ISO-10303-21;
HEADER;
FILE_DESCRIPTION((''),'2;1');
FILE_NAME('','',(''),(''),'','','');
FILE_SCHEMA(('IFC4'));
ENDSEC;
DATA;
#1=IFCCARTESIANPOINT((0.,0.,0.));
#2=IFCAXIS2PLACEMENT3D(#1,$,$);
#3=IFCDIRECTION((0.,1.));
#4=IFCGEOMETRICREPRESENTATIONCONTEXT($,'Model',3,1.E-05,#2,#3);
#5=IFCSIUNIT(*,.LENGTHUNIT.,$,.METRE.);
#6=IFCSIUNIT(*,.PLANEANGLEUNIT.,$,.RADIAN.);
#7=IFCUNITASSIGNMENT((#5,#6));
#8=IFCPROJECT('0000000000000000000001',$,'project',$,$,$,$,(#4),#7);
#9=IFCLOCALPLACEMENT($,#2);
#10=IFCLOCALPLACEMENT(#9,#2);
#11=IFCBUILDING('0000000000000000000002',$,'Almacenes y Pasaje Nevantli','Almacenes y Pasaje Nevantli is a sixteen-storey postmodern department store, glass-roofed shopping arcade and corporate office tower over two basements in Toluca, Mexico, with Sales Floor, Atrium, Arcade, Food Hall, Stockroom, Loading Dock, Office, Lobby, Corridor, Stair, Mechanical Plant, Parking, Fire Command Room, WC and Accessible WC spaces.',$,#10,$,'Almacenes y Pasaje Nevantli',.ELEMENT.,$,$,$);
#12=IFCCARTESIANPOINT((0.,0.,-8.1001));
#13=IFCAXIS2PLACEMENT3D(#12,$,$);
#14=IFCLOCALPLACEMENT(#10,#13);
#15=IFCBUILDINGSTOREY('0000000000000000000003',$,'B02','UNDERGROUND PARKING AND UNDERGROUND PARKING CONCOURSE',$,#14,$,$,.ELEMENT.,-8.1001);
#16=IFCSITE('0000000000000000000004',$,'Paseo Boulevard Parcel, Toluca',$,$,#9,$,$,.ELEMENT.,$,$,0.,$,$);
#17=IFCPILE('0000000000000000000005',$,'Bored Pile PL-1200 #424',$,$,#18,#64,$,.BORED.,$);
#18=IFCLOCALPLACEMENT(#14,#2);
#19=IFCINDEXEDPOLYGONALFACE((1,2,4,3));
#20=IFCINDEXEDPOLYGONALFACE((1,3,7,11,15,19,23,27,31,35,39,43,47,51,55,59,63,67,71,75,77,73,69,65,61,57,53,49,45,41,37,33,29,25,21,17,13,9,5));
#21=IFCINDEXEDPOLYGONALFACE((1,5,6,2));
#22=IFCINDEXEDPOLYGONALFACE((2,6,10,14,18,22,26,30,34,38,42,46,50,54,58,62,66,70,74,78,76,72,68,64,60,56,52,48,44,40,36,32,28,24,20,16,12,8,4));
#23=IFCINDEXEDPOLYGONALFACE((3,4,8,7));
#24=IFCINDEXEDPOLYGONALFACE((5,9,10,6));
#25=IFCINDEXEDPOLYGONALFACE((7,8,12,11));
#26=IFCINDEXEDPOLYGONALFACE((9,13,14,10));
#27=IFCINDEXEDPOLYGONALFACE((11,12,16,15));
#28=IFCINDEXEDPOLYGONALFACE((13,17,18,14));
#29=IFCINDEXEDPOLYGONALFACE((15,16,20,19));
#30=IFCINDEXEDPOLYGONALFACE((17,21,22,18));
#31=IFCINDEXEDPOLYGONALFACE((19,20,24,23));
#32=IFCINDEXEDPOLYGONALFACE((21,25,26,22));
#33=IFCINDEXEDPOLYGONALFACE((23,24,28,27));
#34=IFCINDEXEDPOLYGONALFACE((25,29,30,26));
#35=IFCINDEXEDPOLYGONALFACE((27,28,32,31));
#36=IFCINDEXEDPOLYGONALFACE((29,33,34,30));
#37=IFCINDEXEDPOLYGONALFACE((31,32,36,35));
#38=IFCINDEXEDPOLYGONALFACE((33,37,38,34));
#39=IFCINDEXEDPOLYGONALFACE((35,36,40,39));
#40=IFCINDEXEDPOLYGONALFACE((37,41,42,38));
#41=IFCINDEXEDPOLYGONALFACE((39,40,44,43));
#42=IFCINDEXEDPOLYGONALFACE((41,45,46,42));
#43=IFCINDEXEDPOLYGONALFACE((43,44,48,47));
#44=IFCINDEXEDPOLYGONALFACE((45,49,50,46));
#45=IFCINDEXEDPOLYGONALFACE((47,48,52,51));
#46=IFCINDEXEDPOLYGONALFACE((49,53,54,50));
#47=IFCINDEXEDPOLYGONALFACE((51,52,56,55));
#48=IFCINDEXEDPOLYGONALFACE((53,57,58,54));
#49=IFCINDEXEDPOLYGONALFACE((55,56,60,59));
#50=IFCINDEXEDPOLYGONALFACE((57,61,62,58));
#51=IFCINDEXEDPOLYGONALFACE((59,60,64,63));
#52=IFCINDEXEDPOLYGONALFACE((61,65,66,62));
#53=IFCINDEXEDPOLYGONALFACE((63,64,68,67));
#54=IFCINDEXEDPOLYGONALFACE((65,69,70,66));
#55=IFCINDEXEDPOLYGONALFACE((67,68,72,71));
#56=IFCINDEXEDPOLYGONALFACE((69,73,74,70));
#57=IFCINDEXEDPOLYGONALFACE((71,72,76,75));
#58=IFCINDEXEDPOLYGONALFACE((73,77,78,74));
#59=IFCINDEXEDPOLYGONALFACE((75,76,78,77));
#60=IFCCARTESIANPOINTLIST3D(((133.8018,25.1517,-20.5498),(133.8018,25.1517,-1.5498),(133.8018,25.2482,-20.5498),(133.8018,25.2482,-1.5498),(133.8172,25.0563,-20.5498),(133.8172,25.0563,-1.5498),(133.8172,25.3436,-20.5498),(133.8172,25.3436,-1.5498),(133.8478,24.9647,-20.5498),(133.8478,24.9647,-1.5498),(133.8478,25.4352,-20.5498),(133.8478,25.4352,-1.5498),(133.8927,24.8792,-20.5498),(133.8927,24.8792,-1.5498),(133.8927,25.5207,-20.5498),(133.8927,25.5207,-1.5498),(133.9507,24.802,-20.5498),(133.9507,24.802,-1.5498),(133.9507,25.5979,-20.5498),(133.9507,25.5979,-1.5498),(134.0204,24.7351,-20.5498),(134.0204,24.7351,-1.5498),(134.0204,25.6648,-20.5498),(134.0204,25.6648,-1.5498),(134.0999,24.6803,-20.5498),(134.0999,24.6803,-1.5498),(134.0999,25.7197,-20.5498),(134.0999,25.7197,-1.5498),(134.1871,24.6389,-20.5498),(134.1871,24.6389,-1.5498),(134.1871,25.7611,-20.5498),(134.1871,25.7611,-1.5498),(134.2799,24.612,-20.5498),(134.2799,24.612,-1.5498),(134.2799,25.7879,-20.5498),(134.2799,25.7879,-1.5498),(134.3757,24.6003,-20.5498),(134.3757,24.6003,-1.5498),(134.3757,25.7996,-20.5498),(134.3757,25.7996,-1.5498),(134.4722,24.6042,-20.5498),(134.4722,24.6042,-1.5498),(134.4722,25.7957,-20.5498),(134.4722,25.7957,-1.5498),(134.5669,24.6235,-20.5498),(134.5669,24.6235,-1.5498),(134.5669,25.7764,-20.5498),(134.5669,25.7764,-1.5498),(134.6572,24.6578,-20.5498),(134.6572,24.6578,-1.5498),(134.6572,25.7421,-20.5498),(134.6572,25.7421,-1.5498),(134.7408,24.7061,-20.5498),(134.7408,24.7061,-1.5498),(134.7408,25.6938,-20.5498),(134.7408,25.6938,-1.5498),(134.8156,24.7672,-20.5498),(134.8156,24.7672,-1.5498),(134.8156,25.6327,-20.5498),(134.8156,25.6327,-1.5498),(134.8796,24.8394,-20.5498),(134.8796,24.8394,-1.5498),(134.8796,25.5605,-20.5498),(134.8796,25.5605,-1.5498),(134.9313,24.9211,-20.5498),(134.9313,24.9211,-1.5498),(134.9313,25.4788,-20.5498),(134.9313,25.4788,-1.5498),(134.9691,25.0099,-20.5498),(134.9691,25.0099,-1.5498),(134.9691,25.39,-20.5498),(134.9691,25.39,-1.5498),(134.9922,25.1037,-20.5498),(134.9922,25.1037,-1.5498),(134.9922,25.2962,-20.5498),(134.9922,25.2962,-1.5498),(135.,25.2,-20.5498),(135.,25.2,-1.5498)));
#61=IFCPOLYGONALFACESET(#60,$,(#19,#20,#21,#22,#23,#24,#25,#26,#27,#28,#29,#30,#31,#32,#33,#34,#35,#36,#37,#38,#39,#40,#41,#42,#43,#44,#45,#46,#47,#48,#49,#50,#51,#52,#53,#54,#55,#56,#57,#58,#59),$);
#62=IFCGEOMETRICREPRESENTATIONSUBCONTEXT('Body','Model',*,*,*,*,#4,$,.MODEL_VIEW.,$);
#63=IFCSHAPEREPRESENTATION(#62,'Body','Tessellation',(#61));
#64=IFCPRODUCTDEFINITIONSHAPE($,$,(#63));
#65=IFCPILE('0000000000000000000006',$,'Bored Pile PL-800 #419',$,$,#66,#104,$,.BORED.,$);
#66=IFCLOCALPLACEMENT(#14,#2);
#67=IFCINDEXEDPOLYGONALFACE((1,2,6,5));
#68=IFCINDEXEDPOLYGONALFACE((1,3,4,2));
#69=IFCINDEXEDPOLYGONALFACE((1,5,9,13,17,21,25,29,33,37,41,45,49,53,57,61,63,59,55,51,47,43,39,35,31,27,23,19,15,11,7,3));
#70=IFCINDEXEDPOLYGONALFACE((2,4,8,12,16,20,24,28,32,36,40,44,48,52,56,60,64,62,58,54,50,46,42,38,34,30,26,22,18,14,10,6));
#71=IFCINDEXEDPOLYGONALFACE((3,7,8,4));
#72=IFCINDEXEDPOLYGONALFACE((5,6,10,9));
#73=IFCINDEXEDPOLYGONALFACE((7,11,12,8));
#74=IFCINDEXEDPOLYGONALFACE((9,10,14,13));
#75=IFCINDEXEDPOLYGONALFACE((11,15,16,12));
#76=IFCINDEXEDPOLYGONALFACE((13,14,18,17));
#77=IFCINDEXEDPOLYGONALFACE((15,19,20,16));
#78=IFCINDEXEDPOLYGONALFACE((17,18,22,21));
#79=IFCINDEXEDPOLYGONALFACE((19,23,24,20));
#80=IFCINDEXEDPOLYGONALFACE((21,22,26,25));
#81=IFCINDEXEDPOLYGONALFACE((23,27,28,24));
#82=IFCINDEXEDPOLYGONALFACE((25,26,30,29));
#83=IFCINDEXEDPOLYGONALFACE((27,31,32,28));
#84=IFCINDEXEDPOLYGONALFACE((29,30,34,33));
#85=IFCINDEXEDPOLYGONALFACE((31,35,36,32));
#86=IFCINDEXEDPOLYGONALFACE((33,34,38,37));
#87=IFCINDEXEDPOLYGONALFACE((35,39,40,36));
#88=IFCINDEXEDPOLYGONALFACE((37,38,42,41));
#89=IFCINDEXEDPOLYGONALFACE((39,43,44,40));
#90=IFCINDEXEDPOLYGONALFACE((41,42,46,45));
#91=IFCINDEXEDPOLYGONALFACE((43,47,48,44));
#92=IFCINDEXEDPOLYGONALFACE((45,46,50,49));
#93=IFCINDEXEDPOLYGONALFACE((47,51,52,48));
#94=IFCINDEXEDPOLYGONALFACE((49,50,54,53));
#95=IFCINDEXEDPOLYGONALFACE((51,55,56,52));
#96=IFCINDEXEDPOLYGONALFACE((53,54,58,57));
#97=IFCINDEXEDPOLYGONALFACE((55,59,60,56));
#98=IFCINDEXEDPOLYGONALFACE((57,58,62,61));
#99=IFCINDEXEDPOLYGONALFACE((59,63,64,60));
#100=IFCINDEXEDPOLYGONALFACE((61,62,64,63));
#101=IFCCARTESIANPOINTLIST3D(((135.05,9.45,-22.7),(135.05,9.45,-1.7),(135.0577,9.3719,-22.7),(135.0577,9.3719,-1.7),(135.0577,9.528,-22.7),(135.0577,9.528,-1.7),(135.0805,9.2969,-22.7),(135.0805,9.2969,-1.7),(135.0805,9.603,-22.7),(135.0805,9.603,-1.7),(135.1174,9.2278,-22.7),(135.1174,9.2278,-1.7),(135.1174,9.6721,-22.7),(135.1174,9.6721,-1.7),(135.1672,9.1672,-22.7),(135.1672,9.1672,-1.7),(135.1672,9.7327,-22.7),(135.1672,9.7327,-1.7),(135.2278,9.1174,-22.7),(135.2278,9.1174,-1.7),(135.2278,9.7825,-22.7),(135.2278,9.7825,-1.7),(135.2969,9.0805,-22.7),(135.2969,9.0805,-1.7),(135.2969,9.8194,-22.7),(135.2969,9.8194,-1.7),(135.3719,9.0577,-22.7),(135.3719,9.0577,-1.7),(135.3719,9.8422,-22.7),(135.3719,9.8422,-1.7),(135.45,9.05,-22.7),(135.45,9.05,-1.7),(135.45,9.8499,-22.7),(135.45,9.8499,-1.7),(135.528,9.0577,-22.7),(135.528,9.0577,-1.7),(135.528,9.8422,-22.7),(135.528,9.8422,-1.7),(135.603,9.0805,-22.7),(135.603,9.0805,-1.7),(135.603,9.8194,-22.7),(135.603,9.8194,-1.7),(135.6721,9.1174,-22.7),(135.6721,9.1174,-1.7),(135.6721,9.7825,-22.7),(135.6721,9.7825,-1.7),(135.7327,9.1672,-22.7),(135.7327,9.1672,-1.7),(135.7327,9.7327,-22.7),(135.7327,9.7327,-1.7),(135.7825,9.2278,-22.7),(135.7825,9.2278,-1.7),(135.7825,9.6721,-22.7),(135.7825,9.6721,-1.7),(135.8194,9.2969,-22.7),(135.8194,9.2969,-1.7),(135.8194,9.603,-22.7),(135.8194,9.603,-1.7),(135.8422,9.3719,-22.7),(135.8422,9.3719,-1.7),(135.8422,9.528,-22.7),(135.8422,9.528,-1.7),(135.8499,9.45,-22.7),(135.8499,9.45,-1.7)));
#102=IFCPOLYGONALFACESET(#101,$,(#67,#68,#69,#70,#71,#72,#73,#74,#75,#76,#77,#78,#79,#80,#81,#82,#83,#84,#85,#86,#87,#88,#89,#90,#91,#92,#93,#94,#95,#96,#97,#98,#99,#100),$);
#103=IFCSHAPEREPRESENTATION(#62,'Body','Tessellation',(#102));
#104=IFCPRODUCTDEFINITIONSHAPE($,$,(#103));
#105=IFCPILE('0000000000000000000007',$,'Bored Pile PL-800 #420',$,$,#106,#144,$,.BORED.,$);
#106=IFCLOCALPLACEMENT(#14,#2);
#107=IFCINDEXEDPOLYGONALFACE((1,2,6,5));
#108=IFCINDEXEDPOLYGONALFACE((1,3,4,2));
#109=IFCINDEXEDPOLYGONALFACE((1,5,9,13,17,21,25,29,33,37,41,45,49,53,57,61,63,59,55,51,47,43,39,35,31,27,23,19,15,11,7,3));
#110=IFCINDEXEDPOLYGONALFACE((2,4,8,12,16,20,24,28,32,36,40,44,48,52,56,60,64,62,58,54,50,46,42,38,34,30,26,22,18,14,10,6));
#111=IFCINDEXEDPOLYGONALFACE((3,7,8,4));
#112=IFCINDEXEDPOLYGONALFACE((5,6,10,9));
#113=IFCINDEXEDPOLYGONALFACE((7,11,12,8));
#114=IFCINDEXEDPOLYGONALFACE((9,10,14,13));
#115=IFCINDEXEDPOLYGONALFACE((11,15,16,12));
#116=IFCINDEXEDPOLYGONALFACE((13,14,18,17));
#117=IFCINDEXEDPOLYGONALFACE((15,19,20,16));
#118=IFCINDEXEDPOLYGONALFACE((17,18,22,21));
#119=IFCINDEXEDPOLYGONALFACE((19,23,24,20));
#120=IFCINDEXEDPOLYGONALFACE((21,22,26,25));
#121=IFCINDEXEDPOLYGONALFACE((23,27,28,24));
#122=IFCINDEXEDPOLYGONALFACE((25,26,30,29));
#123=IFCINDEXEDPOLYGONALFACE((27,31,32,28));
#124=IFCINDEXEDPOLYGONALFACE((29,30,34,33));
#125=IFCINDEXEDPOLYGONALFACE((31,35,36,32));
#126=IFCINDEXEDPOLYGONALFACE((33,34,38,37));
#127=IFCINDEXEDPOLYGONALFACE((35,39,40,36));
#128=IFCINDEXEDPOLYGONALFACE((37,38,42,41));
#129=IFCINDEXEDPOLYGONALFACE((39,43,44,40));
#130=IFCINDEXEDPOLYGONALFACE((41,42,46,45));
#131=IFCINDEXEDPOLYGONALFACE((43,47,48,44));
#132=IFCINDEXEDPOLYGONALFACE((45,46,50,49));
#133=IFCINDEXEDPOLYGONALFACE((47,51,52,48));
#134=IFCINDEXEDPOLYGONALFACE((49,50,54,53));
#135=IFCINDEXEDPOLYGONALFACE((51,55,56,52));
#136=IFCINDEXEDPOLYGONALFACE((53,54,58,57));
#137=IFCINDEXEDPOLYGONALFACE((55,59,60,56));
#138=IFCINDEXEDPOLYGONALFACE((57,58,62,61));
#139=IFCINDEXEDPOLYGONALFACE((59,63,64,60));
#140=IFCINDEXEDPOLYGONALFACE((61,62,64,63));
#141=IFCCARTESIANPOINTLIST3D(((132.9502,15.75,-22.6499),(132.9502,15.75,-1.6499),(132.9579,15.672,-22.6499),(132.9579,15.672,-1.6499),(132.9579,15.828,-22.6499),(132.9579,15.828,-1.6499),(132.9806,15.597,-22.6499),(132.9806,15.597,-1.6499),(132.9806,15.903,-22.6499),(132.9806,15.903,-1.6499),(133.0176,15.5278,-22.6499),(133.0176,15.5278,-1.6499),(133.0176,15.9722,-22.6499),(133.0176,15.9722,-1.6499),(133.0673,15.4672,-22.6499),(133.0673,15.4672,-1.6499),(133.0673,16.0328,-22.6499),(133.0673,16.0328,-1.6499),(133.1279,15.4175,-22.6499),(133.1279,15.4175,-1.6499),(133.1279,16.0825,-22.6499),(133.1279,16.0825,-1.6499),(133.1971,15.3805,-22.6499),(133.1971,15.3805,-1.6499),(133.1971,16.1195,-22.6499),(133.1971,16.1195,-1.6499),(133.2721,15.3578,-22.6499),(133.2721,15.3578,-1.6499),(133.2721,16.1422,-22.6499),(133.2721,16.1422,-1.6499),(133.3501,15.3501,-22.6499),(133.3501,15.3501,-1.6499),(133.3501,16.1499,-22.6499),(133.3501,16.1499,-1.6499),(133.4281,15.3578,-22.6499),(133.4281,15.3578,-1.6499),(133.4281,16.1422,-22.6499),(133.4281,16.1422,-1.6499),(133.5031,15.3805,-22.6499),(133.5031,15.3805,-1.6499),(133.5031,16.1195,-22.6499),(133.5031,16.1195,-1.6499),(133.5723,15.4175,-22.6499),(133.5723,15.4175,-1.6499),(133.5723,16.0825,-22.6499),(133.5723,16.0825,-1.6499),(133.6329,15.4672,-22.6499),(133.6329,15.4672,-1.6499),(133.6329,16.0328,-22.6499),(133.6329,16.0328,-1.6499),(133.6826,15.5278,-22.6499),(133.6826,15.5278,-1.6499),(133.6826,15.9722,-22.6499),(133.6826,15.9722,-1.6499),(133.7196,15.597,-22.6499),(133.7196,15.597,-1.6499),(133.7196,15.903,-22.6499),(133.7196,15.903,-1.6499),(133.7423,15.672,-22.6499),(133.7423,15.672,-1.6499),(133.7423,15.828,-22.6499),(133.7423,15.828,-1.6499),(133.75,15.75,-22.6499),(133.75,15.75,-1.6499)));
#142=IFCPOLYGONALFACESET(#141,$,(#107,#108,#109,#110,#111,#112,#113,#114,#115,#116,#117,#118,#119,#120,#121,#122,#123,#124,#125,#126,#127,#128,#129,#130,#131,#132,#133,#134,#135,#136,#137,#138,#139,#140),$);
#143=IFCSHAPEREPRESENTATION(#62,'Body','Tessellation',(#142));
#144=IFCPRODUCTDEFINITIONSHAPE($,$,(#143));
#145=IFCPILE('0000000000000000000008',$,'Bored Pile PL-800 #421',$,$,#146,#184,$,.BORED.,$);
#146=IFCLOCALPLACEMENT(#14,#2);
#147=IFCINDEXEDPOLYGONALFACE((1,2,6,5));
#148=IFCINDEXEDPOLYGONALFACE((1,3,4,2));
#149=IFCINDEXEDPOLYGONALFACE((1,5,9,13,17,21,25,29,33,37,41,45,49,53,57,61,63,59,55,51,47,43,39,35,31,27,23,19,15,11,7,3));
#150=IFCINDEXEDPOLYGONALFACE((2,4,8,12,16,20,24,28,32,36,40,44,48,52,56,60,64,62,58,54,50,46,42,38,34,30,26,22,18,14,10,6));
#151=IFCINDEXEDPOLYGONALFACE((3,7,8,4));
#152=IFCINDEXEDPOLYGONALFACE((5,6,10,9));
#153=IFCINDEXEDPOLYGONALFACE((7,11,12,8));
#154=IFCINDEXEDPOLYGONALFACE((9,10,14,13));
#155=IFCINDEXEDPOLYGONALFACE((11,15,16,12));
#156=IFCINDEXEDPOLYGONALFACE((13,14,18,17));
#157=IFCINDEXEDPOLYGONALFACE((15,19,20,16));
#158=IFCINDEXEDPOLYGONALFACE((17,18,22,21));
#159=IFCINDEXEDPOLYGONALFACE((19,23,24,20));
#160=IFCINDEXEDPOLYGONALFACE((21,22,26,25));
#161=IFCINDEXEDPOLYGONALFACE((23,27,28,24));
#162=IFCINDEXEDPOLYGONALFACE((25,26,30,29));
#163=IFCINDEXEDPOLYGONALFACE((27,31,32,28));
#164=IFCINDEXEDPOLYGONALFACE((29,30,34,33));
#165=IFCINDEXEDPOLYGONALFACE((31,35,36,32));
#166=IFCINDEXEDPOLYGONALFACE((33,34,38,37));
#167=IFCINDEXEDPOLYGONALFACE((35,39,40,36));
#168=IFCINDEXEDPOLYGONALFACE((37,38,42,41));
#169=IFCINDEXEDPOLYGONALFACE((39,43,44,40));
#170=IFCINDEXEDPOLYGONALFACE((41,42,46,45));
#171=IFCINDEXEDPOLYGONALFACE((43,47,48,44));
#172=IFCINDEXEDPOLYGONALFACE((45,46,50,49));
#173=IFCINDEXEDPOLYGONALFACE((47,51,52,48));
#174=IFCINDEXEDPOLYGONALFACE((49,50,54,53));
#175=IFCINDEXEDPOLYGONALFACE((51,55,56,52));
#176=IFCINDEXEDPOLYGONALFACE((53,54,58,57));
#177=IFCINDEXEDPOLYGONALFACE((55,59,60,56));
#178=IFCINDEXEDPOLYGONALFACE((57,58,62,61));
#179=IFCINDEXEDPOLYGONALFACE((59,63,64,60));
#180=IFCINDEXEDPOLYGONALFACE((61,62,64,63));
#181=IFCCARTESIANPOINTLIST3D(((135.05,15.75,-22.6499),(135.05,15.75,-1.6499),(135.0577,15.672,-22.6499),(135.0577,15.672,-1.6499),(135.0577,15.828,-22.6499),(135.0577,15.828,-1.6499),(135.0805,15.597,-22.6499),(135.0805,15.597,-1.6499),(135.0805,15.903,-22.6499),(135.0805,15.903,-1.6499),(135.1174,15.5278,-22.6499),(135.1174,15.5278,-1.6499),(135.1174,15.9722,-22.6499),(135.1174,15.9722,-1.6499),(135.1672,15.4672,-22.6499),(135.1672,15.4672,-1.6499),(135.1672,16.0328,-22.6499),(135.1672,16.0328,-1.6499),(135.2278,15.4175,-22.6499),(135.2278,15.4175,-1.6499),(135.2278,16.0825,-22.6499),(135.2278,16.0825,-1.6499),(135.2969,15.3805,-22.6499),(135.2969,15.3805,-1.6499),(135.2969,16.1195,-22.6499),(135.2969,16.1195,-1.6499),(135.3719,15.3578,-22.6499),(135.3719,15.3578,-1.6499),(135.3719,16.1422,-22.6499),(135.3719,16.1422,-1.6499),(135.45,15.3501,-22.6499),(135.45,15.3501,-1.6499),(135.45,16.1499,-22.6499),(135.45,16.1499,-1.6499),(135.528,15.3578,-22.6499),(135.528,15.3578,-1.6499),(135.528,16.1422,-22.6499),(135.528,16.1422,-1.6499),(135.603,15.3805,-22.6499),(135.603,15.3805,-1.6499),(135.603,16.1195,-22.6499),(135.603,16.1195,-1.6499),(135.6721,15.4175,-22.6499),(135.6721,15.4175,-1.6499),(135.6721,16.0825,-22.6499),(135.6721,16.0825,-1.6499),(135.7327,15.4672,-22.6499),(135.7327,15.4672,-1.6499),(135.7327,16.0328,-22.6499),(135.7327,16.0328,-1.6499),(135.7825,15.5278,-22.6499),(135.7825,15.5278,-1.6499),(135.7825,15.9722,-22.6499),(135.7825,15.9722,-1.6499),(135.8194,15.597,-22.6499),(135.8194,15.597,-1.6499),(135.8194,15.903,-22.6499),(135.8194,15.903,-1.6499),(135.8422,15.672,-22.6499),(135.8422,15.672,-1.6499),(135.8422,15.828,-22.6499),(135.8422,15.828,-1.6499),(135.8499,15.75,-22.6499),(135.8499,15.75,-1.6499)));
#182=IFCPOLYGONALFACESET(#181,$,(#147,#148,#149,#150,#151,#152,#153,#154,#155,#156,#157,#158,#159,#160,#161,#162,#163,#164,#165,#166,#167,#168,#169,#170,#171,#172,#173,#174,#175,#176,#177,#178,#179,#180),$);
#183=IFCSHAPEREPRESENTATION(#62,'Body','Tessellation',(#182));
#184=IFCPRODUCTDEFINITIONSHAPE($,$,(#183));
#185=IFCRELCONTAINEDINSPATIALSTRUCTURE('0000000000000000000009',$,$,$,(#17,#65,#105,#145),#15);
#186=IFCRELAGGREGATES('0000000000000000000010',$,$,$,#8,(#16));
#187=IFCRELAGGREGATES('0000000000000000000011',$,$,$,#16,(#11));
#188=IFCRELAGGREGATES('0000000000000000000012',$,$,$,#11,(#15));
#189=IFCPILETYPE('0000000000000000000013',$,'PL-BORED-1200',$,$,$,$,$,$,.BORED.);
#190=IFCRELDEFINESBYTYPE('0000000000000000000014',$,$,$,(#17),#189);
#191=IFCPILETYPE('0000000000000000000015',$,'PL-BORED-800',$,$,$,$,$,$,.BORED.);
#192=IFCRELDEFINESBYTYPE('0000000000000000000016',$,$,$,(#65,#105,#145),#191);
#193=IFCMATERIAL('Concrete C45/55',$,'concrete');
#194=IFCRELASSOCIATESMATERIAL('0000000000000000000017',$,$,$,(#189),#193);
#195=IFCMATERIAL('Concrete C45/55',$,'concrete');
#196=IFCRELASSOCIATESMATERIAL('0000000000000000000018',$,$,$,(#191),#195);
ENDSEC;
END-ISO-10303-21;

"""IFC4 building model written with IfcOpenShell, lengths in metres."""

from ifc_helpers import new_model, si_unit, direction, frame, origin, origin_2d, place, context, subcontext, project, spatial, circle, extrude, material, material_profile, profile_set, type_object, element, save


model = new_model("IFC4")

# Units and contexts
model_context = context("Model", 3, precision=1e-05, world=origin(), true_north=direction((0.0, 1.0)))
body_context = subcontext(model_context, "Body", "Model", "MODEL_VIEW")
ifc_project = project(units=[si_unit("LENGTHUNIT", "METRE"), si_unit("PLANEANGLEUNIT", "RADIAN")], contexts=[model_context])

# Site, building, storey
site_placement = place(None, origin())
site = spatial("IfcSite", under=ifc_project, at=site_placement, Name="Paseo Boulevard Parcel, Toluca", CompositionType="ELEMENT", RefElevation=0.0)
building_placement = place(site_placement, origin())
building = spatial("IfcBuilding", under=site, at=building_placement, Name="Almacenes y Pasaje Nevantli", Description="Almacenes y Pasaje Nevantli is a sixteen-storey postmodern department store, glass-roofed shopping arcade and corporate office tower over two basements in Toluca, Mexico, with Sales Floor, Atrium, Arcade, Food Hall, Stockroom, Loading Dock, Office, Lobby, Corridor, Stair, Mechanical Plant, Parking, Fire Command Room, WC and Accessible WC spaces.", LongName="Almacenes y Pasaje Nevantli", CompositionType="ELEMENT")
storey_placement = place(building_placement, frame((0.0, 0.0, -8.1001)))
storey = spatial("IfcBuildingStorey", under=building, at=storey_placement, Name="B02", Description="UNDERGROUND PARKING AND UNDERGROUND PARKING CONCOURSE", CompositionType="ELEMENT", Elevation=-8.1001)

# Piles
ifc_material_1 = material(Name="Concrete C45/55", Category="concrete")
ifc_material_profile_1 = material_profile(ifc_material_1, circle(Radius=0.6001, at=origin_2d()), Name="RC-PILE-D1200")
ifc_profile_set_1 = profile_set([ifc_material_profile_1], Name="Concrete C45/55")
pile_type_1 = type_object("IfcPileType", Name="PL-BORED-1200", PredefinedType="BORED", material=ifc_profile_set_1)
pile_placement = place(storey_placement, frame((134.3999, 25.2, -1.5498), z_axis=(0.0, 0.0, -1.0), x_axis=(1.0, 0.0, 0.0)))
element("IfcPile", 1, at=pile_placement, inside=storey, type_object=pile_type_1, Name="Bored Pile PL-1200 #424", PredefinedType="BORED", context=body_context, shape_type="SweptSolid", body=[
    extrude(circle(Radius=0.6001, at=origin_2d()), origin(), (0.0, 0.0, 1.0), 19.0),
])
ifc_material_2 = material(Name="Concrete C45/55", Category="concrete")
ifc_material_profile_2 = material_profile(ifc_material_2, circle(Radius=0.3999, at=origin_2d()), Name="RC-PILE-D800")
ifc_profile_set_2 = profile_set([ifc_material_profile_2], Name="Concrete C45/55")
pile_type_2 = type_object("IfcPileType", Name="PL-BORED-800", PredefinedType="BORED", material=ifc_profile_set_2)
for number, where, z_axis, x_axis, name in (
    (2, (135.45, 9.45, -1.7), (0.0, 0.0, -1.0), (1.0, 0.0, 0.0), "Bored Pile PL-800 #419"),
    (3, (133.3501, 15.75, -1.6499), (0.0, 0.0, -1.0), (1.0, 0.0, 0.0), "Bored Pile PL-800 #420"),
    (4, (135.45, 15.75, -1.6499), (0.0, 0.0, -1.0), (1.0, 0.0, 0.0), "Bored Pile PL-800 #421"),
):
    element("IfcPile", number, at=place(storey_placement, frame(where, z_axis=z_axis, x_axis=x_axis)), inside=storey, type_object=pile_type_2, Name=name, PredefinedType="BORED", context=body_context, shape_type="SweptSolid", body=[
        extrude(circle(Radius=0.3999, at=origin_2d()), origin(), (0.0, 0.0, 1.0), 21.0),
    ])

save(model, "model.ifc")
